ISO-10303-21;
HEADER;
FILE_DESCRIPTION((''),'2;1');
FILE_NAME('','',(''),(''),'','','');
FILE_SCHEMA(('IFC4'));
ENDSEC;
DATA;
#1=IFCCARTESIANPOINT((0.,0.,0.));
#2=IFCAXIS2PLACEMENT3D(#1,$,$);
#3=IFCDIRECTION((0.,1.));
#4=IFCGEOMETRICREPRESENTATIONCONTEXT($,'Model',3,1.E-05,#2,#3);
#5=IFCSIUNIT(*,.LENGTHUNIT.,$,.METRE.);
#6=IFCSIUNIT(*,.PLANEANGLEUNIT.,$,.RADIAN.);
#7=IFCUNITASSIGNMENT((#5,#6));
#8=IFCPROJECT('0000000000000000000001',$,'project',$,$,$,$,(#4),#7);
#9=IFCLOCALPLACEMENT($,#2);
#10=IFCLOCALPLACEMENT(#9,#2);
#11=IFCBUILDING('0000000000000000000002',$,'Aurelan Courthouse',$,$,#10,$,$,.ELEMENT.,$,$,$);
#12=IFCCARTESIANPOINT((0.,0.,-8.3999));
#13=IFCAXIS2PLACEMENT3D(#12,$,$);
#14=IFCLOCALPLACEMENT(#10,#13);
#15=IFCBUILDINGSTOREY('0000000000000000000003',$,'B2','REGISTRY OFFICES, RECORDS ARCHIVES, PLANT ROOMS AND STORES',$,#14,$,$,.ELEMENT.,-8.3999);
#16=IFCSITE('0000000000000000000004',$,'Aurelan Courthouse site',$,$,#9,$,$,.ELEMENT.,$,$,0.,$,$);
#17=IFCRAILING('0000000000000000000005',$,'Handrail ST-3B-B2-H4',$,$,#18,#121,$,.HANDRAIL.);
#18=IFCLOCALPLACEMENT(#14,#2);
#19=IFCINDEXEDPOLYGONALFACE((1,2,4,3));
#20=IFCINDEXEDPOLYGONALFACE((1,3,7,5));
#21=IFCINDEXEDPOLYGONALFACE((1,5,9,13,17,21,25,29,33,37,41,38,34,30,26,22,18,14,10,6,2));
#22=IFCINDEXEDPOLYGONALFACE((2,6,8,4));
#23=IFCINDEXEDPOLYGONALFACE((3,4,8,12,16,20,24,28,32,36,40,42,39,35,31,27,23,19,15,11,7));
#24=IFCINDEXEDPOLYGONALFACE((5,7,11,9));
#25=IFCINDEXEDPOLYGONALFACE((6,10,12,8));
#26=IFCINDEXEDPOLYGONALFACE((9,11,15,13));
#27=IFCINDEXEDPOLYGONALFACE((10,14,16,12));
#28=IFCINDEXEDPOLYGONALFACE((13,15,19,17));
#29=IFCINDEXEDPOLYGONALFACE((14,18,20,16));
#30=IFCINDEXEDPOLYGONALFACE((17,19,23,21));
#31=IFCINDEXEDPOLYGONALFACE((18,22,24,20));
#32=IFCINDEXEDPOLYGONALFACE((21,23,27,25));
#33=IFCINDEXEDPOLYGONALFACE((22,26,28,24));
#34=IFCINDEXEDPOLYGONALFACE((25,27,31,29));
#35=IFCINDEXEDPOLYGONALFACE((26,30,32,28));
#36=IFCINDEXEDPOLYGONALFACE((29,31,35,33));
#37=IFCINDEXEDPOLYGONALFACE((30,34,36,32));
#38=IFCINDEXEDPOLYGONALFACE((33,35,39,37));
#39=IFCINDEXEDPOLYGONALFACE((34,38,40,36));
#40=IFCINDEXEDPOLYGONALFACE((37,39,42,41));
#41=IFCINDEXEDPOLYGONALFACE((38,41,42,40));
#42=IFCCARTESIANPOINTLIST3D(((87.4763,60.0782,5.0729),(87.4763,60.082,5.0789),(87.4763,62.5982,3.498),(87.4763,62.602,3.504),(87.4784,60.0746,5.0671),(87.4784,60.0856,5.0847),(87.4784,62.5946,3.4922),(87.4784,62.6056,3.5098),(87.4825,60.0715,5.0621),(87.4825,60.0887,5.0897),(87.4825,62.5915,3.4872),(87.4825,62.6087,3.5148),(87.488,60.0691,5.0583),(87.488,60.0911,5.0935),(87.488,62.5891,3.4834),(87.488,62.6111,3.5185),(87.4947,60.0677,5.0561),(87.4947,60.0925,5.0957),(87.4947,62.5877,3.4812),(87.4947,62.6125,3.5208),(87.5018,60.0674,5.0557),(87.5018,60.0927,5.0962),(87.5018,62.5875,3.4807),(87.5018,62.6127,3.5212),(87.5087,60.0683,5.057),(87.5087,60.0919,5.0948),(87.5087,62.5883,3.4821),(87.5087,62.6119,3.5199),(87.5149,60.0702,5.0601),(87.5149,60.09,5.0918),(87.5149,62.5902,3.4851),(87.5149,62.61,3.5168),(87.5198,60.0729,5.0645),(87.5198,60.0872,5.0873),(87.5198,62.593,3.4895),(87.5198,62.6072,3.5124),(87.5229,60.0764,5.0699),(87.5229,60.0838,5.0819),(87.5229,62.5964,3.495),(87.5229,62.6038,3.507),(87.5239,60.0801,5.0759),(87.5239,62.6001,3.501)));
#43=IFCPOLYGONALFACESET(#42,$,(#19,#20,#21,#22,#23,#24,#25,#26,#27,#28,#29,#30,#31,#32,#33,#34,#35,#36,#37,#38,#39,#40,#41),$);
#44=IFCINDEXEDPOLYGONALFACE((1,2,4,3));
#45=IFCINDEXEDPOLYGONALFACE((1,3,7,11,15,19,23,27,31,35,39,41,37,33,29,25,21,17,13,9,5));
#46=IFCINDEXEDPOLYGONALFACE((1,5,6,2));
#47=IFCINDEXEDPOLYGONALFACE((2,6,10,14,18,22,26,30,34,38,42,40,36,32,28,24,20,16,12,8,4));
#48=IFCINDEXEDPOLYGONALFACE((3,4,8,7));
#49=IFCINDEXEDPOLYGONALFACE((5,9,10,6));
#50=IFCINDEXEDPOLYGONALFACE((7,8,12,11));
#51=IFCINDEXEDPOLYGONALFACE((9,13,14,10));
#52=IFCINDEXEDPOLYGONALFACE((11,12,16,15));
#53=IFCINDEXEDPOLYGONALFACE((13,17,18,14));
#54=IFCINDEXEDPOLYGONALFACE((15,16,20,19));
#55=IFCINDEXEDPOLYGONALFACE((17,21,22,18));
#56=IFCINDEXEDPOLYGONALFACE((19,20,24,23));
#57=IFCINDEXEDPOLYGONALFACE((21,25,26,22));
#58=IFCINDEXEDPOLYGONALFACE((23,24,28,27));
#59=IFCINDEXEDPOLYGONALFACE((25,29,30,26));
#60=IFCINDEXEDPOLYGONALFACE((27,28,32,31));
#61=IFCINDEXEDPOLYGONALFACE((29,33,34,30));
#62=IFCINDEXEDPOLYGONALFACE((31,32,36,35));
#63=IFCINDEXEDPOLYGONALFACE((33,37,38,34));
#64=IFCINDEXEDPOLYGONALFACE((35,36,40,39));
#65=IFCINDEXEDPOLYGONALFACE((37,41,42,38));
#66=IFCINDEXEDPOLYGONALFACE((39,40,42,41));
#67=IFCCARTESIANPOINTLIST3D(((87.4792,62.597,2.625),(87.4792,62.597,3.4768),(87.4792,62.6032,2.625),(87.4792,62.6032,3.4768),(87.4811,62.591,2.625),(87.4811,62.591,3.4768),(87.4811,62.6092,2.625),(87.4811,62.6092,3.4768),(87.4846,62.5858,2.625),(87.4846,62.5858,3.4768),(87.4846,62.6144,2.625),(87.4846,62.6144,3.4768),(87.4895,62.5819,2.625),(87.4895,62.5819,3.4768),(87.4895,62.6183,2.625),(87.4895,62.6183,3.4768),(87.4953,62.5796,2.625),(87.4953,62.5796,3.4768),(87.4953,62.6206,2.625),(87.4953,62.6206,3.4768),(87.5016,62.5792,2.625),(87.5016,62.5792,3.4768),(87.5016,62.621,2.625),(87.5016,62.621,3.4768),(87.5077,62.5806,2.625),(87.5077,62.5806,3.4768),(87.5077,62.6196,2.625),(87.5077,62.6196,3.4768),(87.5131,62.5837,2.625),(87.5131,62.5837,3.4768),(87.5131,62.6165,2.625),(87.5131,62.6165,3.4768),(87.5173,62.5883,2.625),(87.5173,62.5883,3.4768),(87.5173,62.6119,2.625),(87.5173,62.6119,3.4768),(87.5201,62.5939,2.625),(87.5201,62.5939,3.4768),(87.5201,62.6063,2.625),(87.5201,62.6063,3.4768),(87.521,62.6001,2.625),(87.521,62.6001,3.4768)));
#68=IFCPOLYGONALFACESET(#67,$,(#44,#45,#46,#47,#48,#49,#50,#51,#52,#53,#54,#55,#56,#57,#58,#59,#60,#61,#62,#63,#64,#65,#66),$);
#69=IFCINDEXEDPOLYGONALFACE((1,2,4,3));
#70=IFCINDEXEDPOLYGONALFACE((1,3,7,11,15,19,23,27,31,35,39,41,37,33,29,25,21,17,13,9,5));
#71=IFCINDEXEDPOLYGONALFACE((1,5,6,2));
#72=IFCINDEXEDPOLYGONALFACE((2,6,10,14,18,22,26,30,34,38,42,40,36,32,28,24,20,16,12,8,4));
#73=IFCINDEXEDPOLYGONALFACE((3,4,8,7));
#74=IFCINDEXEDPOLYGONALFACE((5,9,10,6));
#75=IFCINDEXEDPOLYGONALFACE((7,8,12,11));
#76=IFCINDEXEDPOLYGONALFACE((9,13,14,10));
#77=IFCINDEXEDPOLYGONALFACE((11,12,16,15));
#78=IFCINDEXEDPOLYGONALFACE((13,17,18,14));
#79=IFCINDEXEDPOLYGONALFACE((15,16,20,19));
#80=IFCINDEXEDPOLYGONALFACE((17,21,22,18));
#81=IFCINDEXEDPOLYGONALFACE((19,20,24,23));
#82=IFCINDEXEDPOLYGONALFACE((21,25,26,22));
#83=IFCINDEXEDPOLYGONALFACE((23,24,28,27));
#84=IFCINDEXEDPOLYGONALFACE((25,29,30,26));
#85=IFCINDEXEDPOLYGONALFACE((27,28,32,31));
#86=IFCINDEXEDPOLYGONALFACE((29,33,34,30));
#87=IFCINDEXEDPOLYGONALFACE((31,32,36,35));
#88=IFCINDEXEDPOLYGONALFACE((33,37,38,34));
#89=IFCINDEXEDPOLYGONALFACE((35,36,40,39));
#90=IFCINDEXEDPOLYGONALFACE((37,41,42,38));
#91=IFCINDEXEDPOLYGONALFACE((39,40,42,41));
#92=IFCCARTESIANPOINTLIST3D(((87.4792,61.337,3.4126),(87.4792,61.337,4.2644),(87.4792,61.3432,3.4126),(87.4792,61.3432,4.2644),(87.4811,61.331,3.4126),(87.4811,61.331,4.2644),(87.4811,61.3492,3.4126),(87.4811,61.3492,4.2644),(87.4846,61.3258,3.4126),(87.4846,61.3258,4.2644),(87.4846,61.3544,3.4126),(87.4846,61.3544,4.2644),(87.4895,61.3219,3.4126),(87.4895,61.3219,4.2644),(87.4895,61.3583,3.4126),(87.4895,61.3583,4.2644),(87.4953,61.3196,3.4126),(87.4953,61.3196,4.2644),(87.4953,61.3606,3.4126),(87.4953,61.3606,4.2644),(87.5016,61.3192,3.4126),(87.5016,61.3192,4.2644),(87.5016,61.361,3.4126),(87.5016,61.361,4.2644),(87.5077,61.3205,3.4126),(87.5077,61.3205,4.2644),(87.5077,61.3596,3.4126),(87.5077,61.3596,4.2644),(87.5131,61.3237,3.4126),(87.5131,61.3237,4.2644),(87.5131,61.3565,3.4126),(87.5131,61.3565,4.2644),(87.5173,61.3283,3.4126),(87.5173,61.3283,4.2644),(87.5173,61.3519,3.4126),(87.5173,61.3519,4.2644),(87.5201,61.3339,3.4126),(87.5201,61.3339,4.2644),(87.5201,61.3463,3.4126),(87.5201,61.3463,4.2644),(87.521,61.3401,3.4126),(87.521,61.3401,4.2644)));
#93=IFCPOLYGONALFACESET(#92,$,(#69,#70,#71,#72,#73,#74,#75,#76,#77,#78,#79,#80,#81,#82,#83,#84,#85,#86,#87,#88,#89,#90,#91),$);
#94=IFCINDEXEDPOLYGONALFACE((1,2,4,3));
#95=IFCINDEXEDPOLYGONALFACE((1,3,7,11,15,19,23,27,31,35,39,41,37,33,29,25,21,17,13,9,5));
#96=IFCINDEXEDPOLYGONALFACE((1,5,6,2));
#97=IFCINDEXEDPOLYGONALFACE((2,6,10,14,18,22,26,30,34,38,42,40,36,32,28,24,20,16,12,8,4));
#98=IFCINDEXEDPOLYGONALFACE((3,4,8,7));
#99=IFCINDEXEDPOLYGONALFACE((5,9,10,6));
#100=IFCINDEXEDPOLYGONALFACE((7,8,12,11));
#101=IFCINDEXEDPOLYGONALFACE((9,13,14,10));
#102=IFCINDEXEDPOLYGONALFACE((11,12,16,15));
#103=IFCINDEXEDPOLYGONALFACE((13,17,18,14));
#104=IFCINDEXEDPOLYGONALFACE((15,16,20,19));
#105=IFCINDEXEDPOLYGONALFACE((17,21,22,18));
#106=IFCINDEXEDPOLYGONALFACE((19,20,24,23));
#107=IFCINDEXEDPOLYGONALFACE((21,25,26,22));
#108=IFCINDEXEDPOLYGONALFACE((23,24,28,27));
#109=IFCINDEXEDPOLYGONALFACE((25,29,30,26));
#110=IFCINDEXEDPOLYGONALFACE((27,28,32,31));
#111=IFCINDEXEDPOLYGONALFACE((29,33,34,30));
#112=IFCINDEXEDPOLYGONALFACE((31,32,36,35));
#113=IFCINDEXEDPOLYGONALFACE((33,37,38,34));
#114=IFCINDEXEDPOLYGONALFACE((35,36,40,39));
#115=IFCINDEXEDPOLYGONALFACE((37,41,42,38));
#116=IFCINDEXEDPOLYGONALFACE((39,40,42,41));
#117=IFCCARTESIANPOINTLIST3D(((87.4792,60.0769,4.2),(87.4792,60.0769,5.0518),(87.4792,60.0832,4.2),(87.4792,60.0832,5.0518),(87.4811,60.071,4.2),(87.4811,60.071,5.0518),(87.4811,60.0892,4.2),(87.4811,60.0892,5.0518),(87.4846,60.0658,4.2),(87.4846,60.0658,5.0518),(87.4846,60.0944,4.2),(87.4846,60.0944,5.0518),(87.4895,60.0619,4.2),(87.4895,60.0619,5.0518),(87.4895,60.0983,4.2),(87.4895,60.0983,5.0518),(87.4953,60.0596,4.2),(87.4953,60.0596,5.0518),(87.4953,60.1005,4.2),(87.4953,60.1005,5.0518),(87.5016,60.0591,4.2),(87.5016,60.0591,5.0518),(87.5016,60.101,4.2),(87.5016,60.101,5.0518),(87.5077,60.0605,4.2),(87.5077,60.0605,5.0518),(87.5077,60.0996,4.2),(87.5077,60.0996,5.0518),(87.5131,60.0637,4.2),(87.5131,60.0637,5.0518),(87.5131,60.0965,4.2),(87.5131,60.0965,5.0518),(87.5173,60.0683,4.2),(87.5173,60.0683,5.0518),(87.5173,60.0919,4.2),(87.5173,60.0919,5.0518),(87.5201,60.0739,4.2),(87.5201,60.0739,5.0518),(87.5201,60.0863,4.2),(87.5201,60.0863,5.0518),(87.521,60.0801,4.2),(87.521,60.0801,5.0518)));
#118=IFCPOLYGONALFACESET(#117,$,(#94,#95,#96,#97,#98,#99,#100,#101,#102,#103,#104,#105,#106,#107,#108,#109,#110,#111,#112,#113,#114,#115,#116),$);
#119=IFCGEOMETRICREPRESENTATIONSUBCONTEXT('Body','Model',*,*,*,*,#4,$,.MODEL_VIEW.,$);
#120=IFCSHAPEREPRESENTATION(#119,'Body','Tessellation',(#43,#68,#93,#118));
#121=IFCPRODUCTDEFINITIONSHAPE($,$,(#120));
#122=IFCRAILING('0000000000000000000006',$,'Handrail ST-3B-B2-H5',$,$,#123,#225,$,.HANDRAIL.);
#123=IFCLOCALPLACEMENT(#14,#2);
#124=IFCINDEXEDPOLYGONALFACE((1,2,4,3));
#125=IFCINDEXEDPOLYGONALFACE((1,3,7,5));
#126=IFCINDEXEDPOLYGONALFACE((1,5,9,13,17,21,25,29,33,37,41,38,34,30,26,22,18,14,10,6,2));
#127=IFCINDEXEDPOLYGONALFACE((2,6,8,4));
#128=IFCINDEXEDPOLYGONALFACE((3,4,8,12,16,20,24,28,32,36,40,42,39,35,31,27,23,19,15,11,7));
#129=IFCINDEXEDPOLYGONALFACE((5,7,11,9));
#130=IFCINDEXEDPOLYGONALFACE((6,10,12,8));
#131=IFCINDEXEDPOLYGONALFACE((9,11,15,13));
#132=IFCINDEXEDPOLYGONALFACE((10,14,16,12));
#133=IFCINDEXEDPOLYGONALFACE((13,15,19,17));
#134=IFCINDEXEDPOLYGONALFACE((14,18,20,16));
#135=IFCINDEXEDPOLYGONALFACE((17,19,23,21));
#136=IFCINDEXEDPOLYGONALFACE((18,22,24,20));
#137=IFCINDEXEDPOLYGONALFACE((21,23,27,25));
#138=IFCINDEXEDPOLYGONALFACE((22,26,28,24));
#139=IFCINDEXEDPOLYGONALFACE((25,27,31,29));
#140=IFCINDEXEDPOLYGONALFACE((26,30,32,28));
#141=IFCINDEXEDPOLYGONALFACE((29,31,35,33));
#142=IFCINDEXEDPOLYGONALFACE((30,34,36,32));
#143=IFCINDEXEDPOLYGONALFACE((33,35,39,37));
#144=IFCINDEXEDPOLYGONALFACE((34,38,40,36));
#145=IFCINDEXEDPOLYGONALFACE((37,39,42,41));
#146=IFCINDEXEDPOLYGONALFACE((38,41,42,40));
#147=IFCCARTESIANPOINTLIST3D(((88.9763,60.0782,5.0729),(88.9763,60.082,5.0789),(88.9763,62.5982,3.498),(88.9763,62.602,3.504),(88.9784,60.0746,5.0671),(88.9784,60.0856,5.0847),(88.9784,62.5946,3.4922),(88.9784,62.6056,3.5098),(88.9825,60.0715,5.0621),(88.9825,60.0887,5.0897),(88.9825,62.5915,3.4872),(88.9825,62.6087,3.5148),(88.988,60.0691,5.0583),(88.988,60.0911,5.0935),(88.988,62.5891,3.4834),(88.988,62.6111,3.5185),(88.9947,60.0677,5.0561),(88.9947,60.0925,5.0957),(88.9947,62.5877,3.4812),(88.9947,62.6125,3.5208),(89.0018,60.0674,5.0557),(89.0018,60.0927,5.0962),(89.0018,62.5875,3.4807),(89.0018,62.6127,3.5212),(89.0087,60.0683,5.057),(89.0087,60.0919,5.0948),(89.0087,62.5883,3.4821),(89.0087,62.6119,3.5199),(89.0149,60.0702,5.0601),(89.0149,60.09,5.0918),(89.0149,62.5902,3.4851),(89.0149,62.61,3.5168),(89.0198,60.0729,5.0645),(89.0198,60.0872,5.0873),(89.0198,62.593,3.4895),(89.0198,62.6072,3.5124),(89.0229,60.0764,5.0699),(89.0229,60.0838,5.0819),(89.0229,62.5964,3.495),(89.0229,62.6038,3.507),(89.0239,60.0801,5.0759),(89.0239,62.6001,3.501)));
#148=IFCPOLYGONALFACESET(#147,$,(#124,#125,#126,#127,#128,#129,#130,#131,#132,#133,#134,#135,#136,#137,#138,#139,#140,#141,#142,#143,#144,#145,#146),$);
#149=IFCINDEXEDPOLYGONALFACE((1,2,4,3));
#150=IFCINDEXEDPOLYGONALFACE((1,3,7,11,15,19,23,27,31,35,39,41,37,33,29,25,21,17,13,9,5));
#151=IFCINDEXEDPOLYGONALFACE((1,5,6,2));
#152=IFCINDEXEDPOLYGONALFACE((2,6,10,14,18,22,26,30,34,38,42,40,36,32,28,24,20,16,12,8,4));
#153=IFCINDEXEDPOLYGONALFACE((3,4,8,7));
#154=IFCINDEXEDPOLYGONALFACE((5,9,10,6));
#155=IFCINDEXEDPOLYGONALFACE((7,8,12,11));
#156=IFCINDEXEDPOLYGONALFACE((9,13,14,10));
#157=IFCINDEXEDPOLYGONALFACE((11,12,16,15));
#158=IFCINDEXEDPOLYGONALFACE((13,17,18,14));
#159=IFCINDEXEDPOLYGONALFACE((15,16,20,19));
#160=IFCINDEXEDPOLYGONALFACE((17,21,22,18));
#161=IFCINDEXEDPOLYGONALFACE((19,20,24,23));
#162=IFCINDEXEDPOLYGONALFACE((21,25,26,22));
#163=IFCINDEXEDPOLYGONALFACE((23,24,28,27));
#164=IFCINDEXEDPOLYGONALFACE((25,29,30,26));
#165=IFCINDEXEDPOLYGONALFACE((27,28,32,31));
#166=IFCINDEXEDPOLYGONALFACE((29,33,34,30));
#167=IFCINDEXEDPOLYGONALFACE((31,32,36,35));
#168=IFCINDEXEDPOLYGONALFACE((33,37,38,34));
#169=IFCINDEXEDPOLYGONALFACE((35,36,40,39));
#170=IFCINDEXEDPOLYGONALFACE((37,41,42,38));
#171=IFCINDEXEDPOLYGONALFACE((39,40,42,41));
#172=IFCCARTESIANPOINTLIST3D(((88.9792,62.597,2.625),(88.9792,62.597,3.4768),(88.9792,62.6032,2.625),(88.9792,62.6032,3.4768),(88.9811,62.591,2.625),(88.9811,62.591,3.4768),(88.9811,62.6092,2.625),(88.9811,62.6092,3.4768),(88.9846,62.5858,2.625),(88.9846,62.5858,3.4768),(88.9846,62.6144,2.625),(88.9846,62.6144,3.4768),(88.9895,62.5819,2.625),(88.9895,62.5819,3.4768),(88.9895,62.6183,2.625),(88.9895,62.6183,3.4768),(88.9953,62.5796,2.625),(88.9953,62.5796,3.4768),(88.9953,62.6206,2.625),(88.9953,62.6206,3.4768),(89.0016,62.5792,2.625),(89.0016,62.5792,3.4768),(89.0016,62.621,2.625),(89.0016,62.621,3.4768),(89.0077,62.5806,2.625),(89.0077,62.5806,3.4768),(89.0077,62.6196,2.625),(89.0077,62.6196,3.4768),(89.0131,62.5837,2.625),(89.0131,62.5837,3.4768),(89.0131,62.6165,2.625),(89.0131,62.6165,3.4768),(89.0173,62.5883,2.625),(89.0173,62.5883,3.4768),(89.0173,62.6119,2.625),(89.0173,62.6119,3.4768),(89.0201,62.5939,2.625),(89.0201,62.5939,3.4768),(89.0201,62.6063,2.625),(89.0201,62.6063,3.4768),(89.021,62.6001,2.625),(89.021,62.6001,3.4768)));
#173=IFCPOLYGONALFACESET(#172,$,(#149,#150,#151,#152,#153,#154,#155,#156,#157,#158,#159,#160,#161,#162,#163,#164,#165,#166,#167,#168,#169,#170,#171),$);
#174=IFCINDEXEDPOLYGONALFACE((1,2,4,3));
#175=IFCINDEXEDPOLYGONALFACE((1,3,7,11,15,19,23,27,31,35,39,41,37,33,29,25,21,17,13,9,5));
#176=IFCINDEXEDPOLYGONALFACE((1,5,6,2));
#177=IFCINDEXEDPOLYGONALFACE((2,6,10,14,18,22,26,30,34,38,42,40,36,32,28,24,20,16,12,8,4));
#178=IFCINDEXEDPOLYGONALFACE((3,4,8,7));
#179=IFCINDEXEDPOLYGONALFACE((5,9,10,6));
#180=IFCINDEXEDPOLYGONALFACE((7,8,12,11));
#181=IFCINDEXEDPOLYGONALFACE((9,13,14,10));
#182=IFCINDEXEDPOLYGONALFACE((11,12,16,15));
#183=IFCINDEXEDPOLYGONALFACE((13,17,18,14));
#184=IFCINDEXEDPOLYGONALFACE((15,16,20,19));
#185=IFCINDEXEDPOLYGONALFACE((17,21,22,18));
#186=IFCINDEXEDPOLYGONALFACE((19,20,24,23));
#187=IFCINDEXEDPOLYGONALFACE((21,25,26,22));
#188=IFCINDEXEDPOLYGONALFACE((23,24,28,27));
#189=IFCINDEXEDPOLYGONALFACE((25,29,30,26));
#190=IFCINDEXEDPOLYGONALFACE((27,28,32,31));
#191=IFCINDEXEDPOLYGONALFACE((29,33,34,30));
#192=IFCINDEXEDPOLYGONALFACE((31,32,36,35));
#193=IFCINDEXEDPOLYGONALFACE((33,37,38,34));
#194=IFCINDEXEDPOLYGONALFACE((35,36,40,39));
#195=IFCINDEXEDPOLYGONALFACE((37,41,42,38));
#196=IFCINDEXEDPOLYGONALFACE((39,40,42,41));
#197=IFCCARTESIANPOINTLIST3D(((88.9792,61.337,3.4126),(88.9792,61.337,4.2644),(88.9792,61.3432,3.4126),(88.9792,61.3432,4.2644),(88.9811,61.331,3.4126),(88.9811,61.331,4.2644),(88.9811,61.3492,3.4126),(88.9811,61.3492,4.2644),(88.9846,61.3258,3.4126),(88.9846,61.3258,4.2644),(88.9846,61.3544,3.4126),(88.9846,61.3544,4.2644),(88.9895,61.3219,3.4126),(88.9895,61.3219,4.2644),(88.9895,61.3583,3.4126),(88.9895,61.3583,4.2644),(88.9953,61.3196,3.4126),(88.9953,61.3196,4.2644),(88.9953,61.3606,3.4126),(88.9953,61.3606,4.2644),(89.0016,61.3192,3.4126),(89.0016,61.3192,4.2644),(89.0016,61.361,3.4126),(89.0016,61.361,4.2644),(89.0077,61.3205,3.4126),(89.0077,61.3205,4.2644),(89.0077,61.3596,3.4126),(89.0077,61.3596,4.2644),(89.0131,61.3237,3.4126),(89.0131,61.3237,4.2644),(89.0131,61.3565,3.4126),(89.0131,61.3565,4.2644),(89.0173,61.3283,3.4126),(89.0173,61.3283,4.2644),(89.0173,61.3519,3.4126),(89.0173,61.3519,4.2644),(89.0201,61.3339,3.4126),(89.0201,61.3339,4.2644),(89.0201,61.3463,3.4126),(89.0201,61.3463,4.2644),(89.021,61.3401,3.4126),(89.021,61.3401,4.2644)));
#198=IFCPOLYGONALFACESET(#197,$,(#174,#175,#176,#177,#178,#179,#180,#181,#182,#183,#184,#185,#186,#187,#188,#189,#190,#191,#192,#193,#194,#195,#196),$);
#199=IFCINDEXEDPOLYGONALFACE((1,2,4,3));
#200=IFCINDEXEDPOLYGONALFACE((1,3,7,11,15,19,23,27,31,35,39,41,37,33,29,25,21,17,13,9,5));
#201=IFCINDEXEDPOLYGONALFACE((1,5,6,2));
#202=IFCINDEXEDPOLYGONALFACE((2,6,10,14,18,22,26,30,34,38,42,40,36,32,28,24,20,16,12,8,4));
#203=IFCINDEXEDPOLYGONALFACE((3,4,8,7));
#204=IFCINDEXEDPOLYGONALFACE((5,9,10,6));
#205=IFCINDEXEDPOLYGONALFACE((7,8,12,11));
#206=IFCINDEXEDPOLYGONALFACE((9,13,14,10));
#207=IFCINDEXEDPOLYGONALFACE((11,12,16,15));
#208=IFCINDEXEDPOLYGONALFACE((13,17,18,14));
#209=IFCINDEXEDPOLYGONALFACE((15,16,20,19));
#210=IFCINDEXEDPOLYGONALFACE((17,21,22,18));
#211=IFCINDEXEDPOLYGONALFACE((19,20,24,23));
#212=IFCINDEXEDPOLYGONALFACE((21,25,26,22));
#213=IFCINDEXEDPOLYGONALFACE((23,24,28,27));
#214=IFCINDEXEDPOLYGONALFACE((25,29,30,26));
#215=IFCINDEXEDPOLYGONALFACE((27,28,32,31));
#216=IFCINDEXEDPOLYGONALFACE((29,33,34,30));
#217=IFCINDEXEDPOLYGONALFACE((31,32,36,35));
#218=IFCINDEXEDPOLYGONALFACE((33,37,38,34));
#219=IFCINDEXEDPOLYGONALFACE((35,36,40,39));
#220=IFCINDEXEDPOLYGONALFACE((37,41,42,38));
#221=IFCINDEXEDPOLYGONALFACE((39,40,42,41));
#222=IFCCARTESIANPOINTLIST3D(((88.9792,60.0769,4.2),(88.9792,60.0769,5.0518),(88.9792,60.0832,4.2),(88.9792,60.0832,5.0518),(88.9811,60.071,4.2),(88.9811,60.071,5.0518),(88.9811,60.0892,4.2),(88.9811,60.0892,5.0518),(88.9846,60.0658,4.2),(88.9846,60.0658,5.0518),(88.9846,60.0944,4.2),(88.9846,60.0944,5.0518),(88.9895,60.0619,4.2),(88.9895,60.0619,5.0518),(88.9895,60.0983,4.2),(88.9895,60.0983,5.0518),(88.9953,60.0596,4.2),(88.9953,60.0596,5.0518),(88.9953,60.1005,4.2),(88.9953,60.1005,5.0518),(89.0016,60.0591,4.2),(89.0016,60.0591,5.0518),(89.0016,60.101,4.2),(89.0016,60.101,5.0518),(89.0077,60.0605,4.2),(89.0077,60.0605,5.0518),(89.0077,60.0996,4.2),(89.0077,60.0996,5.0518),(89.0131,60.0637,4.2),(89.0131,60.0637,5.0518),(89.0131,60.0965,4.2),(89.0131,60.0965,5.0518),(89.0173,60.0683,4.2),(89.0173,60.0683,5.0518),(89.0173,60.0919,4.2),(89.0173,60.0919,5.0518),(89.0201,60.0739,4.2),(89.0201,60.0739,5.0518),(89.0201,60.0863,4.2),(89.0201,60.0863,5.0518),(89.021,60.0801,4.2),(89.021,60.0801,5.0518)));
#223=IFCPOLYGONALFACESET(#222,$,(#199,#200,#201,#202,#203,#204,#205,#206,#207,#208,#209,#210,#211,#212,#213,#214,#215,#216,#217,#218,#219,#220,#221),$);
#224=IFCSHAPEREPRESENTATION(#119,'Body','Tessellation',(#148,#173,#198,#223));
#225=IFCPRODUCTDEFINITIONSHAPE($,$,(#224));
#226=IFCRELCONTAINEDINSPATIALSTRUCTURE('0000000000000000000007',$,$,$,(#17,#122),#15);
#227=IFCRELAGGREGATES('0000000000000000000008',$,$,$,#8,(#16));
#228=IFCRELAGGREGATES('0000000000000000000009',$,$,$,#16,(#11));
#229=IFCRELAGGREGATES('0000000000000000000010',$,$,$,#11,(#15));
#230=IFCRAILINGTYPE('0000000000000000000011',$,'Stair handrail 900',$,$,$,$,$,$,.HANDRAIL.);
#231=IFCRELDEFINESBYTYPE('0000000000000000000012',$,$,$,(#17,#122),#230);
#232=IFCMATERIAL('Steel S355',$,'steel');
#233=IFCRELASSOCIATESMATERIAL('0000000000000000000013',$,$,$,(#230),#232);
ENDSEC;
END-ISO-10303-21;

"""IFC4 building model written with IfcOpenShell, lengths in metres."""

from ifc_helpers import new_model, si_unit, direction, frame, origin, origin_2d, place, context, subcontext, project, spatial, circle, extrude, material, type_object, element, save


model = new_model("IFC4")

# Units and contexts
model_context = context("Model", 3, precision=1e-05, world=origin(), true_north=direction((0.0, 1.0)))
body_context = subcontext(model_context, "Body", "Model", "MODEL_VIEW")
ifc_project = project(units=[si_unit("LENGTHUNIT", "METRE"), si_unit("PLANEANGLEUNIT", "RADIAN")], contexts=[model_context])

# Site, building, storey
site_placement = place(None, origin())
site = spatial("IfcSite", under=ifc_project, at=site_placement, Name="Aurelan Courthouse site", CompositionType="ELEMENT", RefElevation=0.0)
building_placement = place(site_placement, origin())
building = spatial("IfcBuilding", under=site, at=building_placement, Name="Aurelan Courthouse", CompositionType="ELEMENT")
storey_placement = place(building_placement, frame((0.0, 0.0, -8.3999)))
storey = spatial("IfcBuildingStorey", under=building, at=storey_placement, Name="B2", Description="REGISTRY OFFICES, RECORDS ARCHIVES, PLANT ROOMS AND STORES", CompositionType="ELEMENT", Elevation=-8.3999)

# Railings
ifc_material_1 = material(Name="Steel S355", Category="steel")
railing_type_1 = type_object("IfcRailingType", Name="Stair handrail 900", PredefinedType="HANDRAIL", material=ifc_material_1)
for number, where, name in (
    (1, (87.5, 62.6001, 2.625), "Handrail ST-3B-B2-H4"),
    (2, (89.0, 62.6001, 2.625), "Handrail ST-3B-B2-H5"),
):
    element("IfcRailing", number, at=place(storey_placement, frame(where)), inside=storey, type_object=railing_type_1, Name=name, PredefinedType="HANDRAIL", context=body_context, shape_type="SweptSolid", body=[
        extrude(circle(Radius=0.0239, at=origin_2d()), frame((0.0, 0.0, 0.876), z_axis=(0.0, -0.848008, 0.529984), x_axis=(1.0, 0.0, 0.0)), (0.0, 0.0, 1.0), 2.9717),
        extrude(circle(Radius=0.021, at=origin_2d()), origin(), (0.0, 0.0, 1.0), 0.8518),
        extrude(circle(Radius=0.021, at=origin_2d()), frame((0.0, -1.26, 0.7876)), (0.0, 0.0, 1.0), 0.8518),
        extrude(circle(Radius=0.021, at=origin_2d()), frame((0.0, -2.52, 1.575)), (0.0, 0.0, 1.0), 0.8518),
    ])

save(model, "model.ifc")
